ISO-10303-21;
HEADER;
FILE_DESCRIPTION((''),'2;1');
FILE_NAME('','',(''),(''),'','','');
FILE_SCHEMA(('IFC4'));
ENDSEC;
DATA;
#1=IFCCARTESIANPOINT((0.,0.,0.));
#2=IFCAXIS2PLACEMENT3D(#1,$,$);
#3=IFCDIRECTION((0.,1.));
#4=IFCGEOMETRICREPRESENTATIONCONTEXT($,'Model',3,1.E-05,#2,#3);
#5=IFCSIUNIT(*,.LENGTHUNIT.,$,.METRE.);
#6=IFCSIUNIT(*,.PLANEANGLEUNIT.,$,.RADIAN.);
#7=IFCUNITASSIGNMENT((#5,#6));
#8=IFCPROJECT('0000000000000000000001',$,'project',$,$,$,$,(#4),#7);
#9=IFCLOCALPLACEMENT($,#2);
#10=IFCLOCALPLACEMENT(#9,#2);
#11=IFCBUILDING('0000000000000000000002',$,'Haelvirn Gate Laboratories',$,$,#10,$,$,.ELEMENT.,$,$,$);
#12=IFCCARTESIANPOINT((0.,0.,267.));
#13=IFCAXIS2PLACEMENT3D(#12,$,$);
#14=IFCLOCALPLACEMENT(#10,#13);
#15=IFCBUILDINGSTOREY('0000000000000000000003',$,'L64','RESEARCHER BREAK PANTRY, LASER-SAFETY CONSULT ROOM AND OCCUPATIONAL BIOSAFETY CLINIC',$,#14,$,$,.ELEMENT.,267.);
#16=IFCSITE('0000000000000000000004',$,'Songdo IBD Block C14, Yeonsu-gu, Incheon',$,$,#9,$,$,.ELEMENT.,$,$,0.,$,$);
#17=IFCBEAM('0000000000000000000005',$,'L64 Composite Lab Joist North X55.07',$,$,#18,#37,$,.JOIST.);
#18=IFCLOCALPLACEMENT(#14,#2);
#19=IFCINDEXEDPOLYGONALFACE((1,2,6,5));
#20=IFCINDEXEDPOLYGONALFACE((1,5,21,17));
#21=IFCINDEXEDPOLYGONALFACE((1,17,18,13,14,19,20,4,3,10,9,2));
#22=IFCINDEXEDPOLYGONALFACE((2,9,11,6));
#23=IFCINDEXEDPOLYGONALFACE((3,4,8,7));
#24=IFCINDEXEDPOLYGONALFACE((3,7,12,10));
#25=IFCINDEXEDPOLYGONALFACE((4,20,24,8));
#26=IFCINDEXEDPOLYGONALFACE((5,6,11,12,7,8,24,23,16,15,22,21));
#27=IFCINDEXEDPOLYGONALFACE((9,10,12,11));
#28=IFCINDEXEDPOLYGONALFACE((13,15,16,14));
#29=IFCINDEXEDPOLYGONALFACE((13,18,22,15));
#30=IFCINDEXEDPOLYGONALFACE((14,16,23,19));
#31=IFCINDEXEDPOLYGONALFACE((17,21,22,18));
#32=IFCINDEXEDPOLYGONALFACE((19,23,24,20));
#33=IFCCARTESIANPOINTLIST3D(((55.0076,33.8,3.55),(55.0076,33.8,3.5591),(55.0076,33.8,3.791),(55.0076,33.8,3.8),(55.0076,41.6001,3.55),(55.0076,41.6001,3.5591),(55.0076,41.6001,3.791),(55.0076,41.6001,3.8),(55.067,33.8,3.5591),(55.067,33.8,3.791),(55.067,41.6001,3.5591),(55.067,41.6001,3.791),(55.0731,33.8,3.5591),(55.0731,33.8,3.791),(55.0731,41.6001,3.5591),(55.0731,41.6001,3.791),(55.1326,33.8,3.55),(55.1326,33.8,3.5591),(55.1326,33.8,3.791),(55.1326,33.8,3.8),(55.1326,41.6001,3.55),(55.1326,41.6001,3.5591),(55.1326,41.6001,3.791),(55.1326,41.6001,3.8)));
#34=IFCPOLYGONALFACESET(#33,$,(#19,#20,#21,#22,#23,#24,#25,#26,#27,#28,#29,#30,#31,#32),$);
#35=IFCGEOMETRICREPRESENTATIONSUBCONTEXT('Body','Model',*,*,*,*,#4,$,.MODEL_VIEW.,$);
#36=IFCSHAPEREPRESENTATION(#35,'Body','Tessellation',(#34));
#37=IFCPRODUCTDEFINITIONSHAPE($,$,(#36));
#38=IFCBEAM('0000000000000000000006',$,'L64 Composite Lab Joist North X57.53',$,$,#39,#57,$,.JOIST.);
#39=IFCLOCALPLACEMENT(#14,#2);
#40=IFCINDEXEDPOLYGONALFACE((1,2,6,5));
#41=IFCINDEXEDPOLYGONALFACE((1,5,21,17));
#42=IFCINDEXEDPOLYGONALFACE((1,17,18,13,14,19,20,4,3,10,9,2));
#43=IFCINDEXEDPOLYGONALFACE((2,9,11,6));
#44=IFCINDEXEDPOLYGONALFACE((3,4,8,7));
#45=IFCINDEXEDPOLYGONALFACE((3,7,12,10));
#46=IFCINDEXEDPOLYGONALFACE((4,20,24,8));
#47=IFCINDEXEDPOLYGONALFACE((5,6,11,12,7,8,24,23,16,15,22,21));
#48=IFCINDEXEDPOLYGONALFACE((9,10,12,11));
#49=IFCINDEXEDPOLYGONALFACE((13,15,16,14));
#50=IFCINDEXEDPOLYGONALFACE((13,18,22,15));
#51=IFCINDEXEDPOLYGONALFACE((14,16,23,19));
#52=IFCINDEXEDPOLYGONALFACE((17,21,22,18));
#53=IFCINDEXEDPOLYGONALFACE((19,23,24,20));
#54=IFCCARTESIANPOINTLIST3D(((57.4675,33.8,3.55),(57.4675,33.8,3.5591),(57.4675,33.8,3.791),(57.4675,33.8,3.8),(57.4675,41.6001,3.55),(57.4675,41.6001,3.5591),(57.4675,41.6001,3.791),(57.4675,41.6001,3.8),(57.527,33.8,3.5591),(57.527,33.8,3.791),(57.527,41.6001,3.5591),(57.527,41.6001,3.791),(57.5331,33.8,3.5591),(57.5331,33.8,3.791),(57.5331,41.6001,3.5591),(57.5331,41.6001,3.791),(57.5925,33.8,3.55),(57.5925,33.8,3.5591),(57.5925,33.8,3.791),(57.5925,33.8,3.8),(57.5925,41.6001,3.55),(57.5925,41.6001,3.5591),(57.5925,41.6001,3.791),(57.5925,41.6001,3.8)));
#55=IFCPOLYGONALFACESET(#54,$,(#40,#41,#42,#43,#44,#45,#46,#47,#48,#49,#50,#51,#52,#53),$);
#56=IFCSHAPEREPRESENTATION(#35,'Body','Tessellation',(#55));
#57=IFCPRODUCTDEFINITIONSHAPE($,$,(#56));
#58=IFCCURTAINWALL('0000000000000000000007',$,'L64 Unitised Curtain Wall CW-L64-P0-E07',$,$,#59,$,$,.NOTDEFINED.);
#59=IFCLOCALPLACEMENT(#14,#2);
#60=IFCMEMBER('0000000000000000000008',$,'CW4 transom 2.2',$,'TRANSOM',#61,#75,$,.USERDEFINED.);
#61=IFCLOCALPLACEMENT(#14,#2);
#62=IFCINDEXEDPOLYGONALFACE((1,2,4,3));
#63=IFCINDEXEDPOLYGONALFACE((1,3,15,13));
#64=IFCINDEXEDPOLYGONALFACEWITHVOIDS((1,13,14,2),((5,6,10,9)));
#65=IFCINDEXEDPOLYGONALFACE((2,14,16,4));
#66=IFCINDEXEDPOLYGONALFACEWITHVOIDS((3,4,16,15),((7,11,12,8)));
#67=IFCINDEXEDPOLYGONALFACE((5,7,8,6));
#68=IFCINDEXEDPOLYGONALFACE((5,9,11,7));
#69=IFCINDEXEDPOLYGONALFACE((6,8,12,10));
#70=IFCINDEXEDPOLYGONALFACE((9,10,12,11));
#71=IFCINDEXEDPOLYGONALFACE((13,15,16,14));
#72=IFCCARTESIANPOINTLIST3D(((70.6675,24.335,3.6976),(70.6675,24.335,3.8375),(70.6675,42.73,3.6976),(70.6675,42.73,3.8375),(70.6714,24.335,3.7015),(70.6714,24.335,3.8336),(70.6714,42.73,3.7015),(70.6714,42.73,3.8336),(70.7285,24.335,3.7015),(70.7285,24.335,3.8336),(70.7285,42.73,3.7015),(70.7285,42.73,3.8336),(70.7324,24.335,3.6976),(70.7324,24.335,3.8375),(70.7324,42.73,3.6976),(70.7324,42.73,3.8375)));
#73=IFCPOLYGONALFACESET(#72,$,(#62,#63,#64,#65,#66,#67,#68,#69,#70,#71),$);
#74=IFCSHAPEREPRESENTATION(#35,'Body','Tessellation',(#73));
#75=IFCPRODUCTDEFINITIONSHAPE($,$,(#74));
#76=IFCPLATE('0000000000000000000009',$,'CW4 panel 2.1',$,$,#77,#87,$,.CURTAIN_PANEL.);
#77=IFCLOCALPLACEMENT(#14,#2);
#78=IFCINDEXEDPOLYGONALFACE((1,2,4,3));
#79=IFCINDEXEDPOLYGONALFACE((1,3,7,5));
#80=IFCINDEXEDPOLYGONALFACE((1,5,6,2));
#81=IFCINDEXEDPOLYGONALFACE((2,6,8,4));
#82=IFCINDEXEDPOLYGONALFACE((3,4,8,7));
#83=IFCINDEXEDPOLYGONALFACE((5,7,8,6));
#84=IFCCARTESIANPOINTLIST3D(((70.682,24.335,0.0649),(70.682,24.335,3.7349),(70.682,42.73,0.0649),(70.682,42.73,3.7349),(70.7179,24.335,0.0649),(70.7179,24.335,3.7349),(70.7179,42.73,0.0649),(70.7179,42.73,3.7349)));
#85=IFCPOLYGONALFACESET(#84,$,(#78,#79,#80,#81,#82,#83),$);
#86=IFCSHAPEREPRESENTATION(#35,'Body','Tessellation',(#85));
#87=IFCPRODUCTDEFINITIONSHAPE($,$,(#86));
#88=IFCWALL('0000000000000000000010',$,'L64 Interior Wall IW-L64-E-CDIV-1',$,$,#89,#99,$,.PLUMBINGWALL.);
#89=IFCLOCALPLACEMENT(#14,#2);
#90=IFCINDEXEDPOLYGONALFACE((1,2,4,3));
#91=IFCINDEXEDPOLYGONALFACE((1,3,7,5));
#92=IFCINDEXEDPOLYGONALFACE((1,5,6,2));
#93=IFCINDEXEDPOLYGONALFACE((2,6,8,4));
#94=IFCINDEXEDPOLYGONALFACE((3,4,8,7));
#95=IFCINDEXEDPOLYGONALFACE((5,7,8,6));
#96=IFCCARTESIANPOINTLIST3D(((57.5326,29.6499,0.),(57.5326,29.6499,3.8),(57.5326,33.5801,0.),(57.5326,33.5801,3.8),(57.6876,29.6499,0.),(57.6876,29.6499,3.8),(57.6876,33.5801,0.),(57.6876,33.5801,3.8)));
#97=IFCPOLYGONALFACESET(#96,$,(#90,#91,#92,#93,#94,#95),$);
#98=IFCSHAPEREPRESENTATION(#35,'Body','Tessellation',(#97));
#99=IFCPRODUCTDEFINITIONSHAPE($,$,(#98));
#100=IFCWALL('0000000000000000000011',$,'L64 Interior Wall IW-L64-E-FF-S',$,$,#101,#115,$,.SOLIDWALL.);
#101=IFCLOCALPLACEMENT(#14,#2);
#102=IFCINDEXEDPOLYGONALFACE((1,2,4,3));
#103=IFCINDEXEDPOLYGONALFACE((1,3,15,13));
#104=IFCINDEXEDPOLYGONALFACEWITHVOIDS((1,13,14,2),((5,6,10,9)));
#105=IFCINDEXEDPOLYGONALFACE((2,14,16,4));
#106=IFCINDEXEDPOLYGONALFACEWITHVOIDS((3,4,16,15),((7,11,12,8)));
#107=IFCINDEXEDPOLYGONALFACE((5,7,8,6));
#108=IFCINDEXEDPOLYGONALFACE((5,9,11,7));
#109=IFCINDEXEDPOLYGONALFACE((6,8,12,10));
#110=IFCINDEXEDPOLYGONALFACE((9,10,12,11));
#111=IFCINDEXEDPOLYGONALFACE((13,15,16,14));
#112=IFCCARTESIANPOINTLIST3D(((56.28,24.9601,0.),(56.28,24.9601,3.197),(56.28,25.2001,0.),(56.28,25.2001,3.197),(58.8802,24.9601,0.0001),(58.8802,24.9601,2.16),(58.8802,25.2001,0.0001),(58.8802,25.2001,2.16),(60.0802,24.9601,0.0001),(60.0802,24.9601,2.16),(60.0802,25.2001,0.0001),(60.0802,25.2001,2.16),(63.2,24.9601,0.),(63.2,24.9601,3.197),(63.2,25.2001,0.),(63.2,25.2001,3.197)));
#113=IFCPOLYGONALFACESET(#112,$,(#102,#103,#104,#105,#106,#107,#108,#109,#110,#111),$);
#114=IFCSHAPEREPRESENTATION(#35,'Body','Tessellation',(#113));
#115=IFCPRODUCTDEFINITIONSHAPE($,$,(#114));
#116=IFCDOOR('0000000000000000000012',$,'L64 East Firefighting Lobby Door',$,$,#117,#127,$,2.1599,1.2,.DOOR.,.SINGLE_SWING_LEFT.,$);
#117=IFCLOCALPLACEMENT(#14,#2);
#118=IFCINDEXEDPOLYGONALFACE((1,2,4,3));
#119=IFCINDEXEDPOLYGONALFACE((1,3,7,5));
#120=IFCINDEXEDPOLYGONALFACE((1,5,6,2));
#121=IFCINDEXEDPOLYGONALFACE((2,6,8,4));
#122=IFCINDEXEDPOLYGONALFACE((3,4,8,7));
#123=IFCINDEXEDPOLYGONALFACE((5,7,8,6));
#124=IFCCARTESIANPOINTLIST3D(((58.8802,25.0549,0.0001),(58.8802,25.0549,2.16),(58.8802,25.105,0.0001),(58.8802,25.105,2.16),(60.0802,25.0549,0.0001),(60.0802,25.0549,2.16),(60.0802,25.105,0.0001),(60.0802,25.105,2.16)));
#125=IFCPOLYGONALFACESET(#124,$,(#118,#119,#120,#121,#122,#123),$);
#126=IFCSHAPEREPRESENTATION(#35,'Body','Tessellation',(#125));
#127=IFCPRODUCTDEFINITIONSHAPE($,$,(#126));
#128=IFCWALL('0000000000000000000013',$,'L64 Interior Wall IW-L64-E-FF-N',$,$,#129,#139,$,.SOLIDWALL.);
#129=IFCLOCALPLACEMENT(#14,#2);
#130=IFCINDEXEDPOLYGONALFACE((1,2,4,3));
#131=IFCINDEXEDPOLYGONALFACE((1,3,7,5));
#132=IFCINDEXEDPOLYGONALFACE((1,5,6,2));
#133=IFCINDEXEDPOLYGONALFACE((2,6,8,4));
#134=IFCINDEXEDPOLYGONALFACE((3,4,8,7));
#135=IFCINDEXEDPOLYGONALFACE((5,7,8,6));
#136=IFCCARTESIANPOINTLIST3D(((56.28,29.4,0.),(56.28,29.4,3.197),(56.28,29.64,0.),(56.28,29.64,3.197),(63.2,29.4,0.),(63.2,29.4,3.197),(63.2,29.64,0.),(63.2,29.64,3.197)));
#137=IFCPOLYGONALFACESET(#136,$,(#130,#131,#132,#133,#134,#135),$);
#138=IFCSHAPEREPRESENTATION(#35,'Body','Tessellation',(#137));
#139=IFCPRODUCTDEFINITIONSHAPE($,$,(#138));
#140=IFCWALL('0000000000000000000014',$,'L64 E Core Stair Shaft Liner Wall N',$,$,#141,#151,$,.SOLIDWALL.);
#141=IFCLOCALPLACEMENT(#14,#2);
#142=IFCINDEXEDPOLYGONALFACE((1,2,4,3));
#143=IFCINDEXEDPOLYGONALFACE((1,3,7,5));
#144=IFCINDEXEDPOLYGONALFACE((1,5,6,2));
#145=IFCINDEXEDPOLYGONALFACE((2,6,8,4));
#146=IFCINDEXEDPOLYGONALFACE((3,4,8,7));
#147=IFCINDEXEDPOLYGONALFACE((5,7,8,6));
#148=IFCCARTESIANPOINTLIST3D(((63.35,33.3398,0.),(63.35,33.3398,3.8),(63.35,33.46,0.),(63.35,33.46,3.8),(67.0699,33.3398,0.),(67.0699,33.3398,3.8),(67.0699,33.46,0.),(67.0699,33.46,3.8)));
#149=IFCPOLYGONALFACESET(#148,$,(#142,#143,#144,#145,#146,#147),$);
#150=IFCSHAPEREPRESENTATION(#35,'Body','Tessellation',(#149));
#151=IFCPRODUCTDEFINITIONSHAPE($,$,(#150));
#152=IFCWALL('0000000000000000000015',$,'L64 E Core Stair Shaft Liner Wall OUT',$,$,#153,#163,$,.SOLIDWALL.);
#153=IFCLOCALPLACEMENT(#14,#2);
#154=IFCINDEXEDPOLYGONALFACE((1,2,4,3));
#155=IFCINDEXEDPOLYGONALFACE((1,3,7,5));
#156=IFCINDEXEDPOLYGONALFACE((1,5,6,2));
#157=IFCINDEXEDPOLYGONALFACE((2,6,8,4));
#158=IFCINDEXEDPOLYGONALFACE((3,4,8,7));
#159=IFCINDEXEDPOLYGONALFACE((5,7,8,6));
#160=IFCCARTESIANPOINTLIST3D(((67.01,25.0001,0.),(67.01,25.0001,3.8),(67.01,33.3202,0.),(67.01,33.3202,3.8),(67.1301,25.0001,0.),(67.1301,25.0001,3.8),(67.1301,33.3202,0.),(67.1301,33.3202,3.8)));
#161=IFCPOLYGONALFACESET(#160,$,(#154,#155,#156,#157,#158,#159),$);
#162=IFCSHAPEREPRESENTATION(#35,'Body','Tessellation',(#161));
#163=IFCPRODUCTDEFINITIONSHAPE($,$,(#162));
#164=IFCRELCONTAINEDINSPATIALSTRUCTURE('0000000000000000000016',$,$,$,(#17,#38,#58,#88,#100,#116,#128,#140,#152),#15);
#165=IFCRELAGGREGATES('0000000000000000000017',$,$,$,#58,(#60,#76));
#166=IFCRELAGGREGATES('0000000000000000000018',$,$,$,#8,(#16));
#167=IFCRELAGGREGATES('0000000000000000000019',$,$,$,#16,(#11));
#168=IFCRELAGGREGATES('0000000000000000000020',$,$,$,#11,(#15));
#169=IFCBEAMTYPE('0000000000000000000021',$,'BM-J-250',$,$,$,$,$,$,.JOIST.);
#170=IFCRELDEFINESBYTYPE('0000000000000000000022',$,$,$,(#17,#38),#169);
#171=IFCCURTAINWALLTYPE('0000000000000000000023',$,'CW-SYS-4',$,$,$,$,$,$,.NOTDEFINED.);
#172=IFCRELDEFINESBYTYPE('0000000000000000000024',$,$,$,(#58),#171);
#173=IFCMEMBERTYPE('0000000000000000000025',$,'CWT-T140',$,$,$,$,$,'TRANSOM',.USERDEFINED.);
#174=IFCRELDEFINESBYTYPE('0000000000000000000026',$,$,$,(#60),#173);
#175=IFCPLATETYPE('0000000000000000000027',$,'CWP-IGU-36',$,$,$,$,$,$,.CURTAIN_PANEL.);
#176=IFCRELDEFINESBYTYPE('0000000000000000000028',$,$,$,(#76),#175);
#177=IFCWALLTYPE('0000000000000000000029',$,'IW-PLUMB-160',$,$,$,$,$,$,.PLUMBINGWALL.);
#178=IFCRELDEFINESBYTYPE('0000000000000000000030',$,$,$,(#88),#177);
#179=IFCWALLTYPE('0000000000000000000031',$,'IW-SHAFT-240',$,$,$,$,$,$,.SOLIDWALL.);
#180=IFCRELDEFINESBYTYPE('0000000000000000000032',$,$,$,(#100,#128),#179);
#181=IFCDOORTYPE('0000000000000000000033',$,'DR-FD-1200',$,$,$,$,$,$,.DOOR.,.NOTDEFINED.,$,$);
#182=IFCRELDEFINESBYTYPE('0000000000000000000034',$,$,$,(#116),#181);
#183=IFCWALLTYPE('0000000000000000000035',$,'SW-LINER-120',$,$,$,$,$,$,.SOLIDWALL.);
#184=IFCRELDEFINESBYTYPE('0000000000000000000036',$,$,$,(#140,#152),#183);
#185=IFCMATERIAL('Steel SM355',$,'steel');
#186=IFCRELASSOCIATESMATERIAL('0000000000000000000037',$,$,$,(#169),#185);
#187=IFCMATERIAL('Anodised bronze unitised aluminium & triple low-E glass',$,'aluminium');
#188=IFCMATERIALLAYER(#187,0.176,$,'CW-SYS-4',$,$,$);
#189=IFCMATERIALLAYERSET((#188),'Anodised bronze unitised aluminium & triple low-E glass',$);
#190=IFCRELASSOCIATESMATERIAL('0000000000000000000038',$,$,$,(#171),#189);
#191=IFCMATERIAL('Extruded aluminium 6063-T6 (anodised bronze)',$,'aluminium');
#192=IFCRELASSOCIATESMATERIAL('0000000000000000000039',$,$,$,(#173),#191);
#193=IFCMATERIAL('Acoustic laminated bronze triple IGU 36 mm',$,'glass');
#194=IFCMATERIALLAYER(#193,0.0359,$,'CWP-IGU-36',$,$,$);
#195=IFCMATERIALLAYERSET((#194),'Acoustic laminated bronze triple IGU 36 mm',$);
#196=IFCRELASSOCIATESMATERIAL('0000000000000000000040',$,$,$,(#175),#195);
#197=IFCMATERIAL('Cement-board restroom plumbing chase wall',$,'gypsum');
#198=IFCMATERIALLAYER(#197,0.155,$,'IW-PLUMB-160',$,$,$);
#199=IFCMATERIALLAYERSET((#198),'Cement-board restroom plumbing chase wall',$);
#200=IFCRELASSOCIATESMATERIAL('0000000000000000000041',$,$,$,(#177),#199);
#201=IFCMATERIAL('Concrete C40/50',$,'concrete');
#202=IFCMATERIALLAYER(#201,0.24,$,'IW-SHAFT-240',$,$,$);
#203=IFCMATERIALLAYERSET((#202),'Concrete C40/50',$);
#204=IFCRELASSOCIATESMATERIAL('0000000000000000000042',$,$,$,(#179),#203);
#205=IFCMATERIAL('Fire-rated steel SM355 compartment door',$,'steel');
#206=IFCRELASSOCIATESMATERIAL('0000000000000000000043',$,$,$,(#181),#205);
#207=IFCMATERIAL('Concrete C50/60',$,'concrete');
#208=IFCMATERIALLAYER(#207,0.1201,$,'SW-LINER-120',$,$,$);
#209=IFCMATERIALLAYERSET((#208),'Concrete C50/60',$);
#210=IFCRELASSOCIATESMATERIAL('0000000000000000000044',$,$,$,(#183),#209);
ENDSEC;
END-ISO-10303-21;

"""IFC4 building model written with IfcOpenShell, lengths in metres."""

from ifc_helpers import new_model, si_unit, direction, frame, frame_2d, origin, origin_2d, place, context, subcontext, project, spatial, rectangle, hollow_rectangle, i_section, extrude, source, transform, mapped, material, layer, layer_set, material_profile, profile_set, type_object, type_shapes, element, fill, aggregate, save


model = new_model("IFC4")

# Units and contexts
model_context = context("Model", 3, precision=1e-05, world=origin(), true_north=direction((0.0, 1.0)))
body_context = subcontext(model_context, "Body", "Model", "MODEL_VIEW")
ifc_project = project(units=[si_unit("LENGTHUNIT", "METRE"), si_unit("PLANEANGLEUNIT", "RADIAN")], contexts=[model_context])

# Site, building, storey
site_placement = place(None, origin())
site = spatial("IfcSite", under=ifc_project, at=site_placement, Name="Songdo IBD Block C14, Yeonsu-gu, Incheon", CompositionType="ELEMENT", RefElevation=0.0)
building_placement = place(site_placement, origin())
building = spatial("IfcBuilding", under=site, at=building_placement, Name="Haelvirn Gate Laboratories", CompositionType="ELEMENT")
storey_placement = place(building_placement, frame((0.0, 0.0, 267.0)))
storey = spatial("IfcBuildingStorey", under=building, at=storey_placement, Name="L64", Description="RESEARCHER BREAK PANTRY, LASER-SAFETY CONSULT ROOM AND OCCUPATIONAL BIOSAFETY CLINIC", CompositionType="ELEMENT", Elevation=267.0)

# Beams
ifc_material_1 = material(Name="Steel SM355", Category="steel")
ifc_material_profile_1 = material_profile(ifc_material_1, i_section(OverallWidth=0.125, OverallDepth=0.25, WebThickness=0.0061, FlangeThickness=0.009, at=origin_2d()), Name="H-250x125x6x9")
ifc_profile_set_1 = profile_set([ifc_material_profile_1], Name="Steel SM355")
beam_type = type_object("IfcBeamType", Name="BM-J-250", PredefinedType="JOIST", material=ifc_profile_set_1)
shared_shape_1 = source(origin(), body_context, "Body", "SweptSolid", [
    extrude(i_section(OverallWidth=0.125, OverallDepth=0.25, WebThickness=0.0061, FlangeThickness=0.009, at=origin_2d()), origin(), (0.0, 0.0, 1.0), 7.8),
])
type_shapes(beam_type, [shared_shape_1])
for number, where, z_axis, x_axis, name in (
    (1, (55.0701, 33.8, 3.675), (0.0, 1.0, 0.0), (-1.0, 0.0, 0.0), "L64 Composite Lab Joist North X55.07"),
    (2, (57.53, 33.8, 3.675), (0.0, 1.0, 0.0), (-1.0, 0.0, 0.0), "L64 Composite Lab Joist North X57.53"),
):
    element("IfcBeam", number, at=place(storey_placement, frame(where, z_axis=z_axis, x_axis=x_axis)), inside=storey, type_object=beam_type, Name=name, PredefinedType="JOIST", context=body_context, shape_type="MappedRepresentation", body=[
        mapped(shared_shape_1, transform((0.0, 0.0, 0.0), scale=1.0)),
    ])

# Curtain wall, member, plate
ifc_material_2 = material(Name="Anodised bronze unitised aluminium & triple low-E glass", Category="aluminium")
ifc_layer_1 = layer(ifc_material_2, 0.176, Name="CW-SYS-4")
ifc_layer_set_1 = layer_set([ifc_layer_1], Name="Anodised bronze unitised aluminium & triple low-E glass")
curtain_wall_type = type_object("IfcCurtainWallType", Name="CW-SYS-4", PredefinedType="NOTDEFINED", material=ifc_layer_set_1)
curtain_wall_placement = place(storey_placement, origin())
curtain_wall = element("IfcCurtainWall", 3, at=curtain_wall_placement, inside=storey, type_object=curtain_wall_type, Name="L64 Unitised Curtain Wall CW-L64-P0-E07", PredefinedType="NOTDEFINED")
ifc_material_3 = material(Name="Extruded aluminium 6063-T6 (anodised bronze)", Category="aluminium")
ifc_material_profile_2 = material_profile(ifc_material_3, hollow_rectangle(XDim=0.0649, YDim=0.1399, WallThickness=0.0039, at=origin_2d()), Name="CWT-140x65x4")
ifc_profile_set_2 = profile_set([ifc_material_profile_2], Name="Extruded aluminium 6063-T6 (anodised bronze)")
member_type = type_object("IfcMemberType", Name="CWT-T140", ElementType="TRANSOM", PredefinedType="USERDEFINED", material=ifc_profile_set_2)
shared_shape_2 = source(origin(), body_context, "Body", "SweptSolid", [
    extrude(hollow_rectangle(XDim=0.0649, YDim=0.1399, WallThickness=0.0039, at=origin_2d()), origin(), (0.0, 0.0, 1.0), 18.395),
])
type_shapes(member_type, [shared_shape_2])
member_placement = place(storey_placement, frame((70.7, 24.335, 3.7676), z_axis=(0.0, 1.0, 0.0), x_axis=(-1.0, 0.0, 0.0)))
member = element("IfcMember", 4, at=member_placement, type_object=member_type, Name="CW4 transom 2.2", ObjectType="TRANSOM", PredefinedType="USERDEFINED", context=body_context, shape_type="MappedRepresentation", body=[
    mapped(shared_shape_2, transform((0.0, 0.0, 0.0), scale=1.0)),
])
ifc_material_4 = material(Name="Acoustic laminated bronze triple IGU 36 mm", Category="glass")
ifc_layer_2 = layer(ifc_material_4, 0.0359, Name="CWP-IGU-36")
ifc_layer_set_2 = layer_set([ifc_layer_2], Name="Acoustic laminated bronze triple IGU 36 mm")
plate_type = type_object("IfcPlateType", Name="CWP-IGU-36", PredefinedType="CURTAIN_PANEL", material=ifc_layer_set_2)
shared_shape_3 = source(origin(), body_context, "Body", "SweptSolid", [
    extrude(rectangle(XDim=18.395, YDim=0.0359, at=origin_2d()), origin(), (0.0, 0.0, 1.0), 3.6699),
])
type_shapes(plate_type, [shared_shape_3])
plate_placement = place(storey_placement, frame((70.7, 33.5325, 0.0649), z_axis=(0.0, 0.0, 1.0), x_axis=(0.0, 1.0, 0.0)))
plate = element("IfcPlate", 5, at=plate_placement, type_object=plate_type, Name="CW4 panel 2.1", PredefinedType="CURTAIN_PANEL", context=body_context, shape_type="MappedRepresentation", body=[
    mapped(shared_shape_3, transform((0.0, 0.0, 0.0), scale=1.0)),
])
aggregate(curtain_wall, [member, plate])

# Wall
ifc_material_5 = material(Name="Cement-board restroom plumbing chase wall", Category="gypsum")
ifc_layer_3 = layer(ifc_material_5, 0.155, Name="IW-PLUMB-160")
ifc_layer_set_3 = layer_set([ifc_layer_3], Name="Cement-board restroom plumbing chase wall")
wall_type_1 = type_object("IfcWallType", Name="IW-PLUMB-160", PredefinedType="PLUMBINGWALL", material=ifc_layer_set_3)
wall_1_placement = place(storey_placement, frame((57.6101, 29.6499, 0.0), z_axis=(0.0, 0.0, 1.0), x_axis=(0.0, 1.0, 0.0)))
element("IfcWall", 6, at=wall_1_placement, inside=storey, type_object=wall_type_1, Name="L64 Interior Wall IW-L64-E-CDIV-1", PredefinedType="PLUMBINGWALL", context=body_context, shape_type="SweptSolid", body=[
    extrude(rectangle(XDim=3.9302, YDim=0.155, at=frame_2d((1.9651, 0.0))), origin(), (0.0, 0.0, 1.0), 3.8),
])

# Wall, opening, door
ifc_material_6 = material(Name="Concrete C40/50", Category="concrete")
ifc_layer_4 = layer(ifc_material_6, 0.24, Name="IW-SHAFT-240")
ifc_layer_set_4 = layer_set([ifc_layer_4], Name="Concrete C40/50")
wall_type_2 = type_object("IfcWallType", Name="IW-SHAFT-240", PredefinedType="SOLIDWALL", material=ifc_layer_set_4)
wall_2_placement = place(storey_placement, frame((56.28, 25.0801, 0.0), z_axis=(0.0, 0.0, 1.0), x_axis=(1.0, 0.0, 0.0)))
wall_2 = element("IfcWall", 7, at=wall_2_placement, inside=storey, type_object=wall_type_2, Name="L64 Interior Wall IW-L64-E-FF-S", PredefinedType="SOLIDWALL", context=body_context, shape_type="SweptSolid", body=[
    extrude(rectangle(XDim=6.9199, YDim=0.24, at=frame_2d((3.46, 0.0))), origin(), (0.0, 0.0, 1.0), 3.197),
])
opening_1_placement = place(wall_2_placement, frame((2.6001, 0.0, 0.0)))
opening_1 = element("IfcOpeningElement", 8, at=opening_1_placement, cuts=wall_2, PredefinedType="OPENING", context=body_context, shape_type="SweptSolid", body=[
    extrude(rectangle(XDim=1.2, YDim=2.1599, at=frame_2d((0.6001, 1.0801))), frame((0.0, 0.1299, 0.0), z_axis=(0.0, -1.0, 0.0), x_axis=(1.0, 0.0, 0.0)), (0.0, 0.0, 1.0), 0.26),
])
ifc_material_7 = material(Name="Fire-rated steel SM355 compartment door", Category="steel")
door_type_1 = type_object("IfcDoorType", Name="DR-FD-1200", OperationType="NOTDEFINED", PredefinedType="DOOR", material=ifc_material_7)
shared_shape_4 = source(origin(), body_context, "Body", "SweptSolid", [
    extrude(rectangle(XDim=1.2, YDim=2.1599, at=frame_2d((0.6001, 1.0801))), frame((0.0, 0.0249, 0.0), z_axis=(0.0, -1.0, 0.0), x_axis=(1.0, 0.0, 0.0)), (0.0, 0.0, 1.0), 0.05),
])
type_shapes(door_type_1, [shared_shape_4])
door_1_placement = place(opening_1_placement, origin())
door_1 = element("IfcDoor", 9, at=door_1_placement, inside=storey, type_object=door_type_1, Name="L64 East Firefighting Lobby Door", OperationType="SINGLE_SWING_LEFT", OverallHeight=2.1599, OverallWidth=1.2, PredefinedType="DOOR", context=body_context, shape_type="MappedRepresentation", body=[
    mapped(shared_shape_4, transform((0.0, 0.0, 0.0), scale=1.0)),
])
fill(opening_1, door_1)

# Walls
wall_3_placement = place(storey_placement, frame((56.28, 29.52, 0.0), z_axis=(0.0, 0.0, 1.0), x_axis=(1.0, 0.0, 0.0)))
element("IfcWall", 10, at=wall_3_placement, inside=storey, type_object=wall_type_2, Name="L64 Interior Wall IW-L64-E-FF-N", PredefinedType="SOLIDWALL", context=body_context, shape_type="SweptSolid", body=[
    extrude(rectangle(XDim=6.9199, YDim=0.24, at=frame_2d((3.46, 0.0))), origin(), (0.0, 0.0, 1.0), 3.197),
])
ifc_material_8 = material(Name="Concrete C50/60", Category="concrete")
ifc_layer_5 = layer(ifc_material_8, 0.1201, Name="SW-LINER-120")
ifc_layer_set_5 = layer_set([ifc_layer_5], Name="Concrete C50/60")
wall_type_3 = type_object("IfcWallType", Name="SW-LINER-120", PredefinedType="SOLIDWALL", material=ifc_layer_set_5)
wall_4_placement = place(storey_placement, frame((63.3501, 33.3999, 0.0), z_axis=(0.0, 0.0, 1.0), x_axis=(1.0, 0.0, 0.0)))
element("IfcWall", 11, at=wall_4_placement, inside=storey, type_object=wall_type_3, Name="L64 E Core Stair Shaft Liner Wall N", PredefinedType="SOLIDWALL", context=body_context, shape_type="SweptSolid", body=[
    extrude(rectangle(XDim=3.72, YDim=0.1201, at=frame_2d((1.8599, 0.0))), origin(), (0.0, 0.0, 1.0), 3.8),
])
wall_5_placement = place(storey_placement, frame((67.0701, 25.0, 0.0), z_axis=(0.0, 0.0, 1.0), x_axis=(0.0, 1.0, 0.0)))
element("IfcWall", 12, at=wall_5_placement, inside=storey, type_object=wall_type_3, Name="L64 E Core Stair Shaft Liner Wall OUT", PredefinedType="SOLIDWALL", context=body_context, shape_type="SweptSolid", body=[
    extrude(rectangle(XDim=8.3201, YDim=0.1201, at=frame_2d((4.1602, 0.0))), origin(), (0.0, 0.0, 1.0), 3.8),
])

save(model, "model.ifc")
